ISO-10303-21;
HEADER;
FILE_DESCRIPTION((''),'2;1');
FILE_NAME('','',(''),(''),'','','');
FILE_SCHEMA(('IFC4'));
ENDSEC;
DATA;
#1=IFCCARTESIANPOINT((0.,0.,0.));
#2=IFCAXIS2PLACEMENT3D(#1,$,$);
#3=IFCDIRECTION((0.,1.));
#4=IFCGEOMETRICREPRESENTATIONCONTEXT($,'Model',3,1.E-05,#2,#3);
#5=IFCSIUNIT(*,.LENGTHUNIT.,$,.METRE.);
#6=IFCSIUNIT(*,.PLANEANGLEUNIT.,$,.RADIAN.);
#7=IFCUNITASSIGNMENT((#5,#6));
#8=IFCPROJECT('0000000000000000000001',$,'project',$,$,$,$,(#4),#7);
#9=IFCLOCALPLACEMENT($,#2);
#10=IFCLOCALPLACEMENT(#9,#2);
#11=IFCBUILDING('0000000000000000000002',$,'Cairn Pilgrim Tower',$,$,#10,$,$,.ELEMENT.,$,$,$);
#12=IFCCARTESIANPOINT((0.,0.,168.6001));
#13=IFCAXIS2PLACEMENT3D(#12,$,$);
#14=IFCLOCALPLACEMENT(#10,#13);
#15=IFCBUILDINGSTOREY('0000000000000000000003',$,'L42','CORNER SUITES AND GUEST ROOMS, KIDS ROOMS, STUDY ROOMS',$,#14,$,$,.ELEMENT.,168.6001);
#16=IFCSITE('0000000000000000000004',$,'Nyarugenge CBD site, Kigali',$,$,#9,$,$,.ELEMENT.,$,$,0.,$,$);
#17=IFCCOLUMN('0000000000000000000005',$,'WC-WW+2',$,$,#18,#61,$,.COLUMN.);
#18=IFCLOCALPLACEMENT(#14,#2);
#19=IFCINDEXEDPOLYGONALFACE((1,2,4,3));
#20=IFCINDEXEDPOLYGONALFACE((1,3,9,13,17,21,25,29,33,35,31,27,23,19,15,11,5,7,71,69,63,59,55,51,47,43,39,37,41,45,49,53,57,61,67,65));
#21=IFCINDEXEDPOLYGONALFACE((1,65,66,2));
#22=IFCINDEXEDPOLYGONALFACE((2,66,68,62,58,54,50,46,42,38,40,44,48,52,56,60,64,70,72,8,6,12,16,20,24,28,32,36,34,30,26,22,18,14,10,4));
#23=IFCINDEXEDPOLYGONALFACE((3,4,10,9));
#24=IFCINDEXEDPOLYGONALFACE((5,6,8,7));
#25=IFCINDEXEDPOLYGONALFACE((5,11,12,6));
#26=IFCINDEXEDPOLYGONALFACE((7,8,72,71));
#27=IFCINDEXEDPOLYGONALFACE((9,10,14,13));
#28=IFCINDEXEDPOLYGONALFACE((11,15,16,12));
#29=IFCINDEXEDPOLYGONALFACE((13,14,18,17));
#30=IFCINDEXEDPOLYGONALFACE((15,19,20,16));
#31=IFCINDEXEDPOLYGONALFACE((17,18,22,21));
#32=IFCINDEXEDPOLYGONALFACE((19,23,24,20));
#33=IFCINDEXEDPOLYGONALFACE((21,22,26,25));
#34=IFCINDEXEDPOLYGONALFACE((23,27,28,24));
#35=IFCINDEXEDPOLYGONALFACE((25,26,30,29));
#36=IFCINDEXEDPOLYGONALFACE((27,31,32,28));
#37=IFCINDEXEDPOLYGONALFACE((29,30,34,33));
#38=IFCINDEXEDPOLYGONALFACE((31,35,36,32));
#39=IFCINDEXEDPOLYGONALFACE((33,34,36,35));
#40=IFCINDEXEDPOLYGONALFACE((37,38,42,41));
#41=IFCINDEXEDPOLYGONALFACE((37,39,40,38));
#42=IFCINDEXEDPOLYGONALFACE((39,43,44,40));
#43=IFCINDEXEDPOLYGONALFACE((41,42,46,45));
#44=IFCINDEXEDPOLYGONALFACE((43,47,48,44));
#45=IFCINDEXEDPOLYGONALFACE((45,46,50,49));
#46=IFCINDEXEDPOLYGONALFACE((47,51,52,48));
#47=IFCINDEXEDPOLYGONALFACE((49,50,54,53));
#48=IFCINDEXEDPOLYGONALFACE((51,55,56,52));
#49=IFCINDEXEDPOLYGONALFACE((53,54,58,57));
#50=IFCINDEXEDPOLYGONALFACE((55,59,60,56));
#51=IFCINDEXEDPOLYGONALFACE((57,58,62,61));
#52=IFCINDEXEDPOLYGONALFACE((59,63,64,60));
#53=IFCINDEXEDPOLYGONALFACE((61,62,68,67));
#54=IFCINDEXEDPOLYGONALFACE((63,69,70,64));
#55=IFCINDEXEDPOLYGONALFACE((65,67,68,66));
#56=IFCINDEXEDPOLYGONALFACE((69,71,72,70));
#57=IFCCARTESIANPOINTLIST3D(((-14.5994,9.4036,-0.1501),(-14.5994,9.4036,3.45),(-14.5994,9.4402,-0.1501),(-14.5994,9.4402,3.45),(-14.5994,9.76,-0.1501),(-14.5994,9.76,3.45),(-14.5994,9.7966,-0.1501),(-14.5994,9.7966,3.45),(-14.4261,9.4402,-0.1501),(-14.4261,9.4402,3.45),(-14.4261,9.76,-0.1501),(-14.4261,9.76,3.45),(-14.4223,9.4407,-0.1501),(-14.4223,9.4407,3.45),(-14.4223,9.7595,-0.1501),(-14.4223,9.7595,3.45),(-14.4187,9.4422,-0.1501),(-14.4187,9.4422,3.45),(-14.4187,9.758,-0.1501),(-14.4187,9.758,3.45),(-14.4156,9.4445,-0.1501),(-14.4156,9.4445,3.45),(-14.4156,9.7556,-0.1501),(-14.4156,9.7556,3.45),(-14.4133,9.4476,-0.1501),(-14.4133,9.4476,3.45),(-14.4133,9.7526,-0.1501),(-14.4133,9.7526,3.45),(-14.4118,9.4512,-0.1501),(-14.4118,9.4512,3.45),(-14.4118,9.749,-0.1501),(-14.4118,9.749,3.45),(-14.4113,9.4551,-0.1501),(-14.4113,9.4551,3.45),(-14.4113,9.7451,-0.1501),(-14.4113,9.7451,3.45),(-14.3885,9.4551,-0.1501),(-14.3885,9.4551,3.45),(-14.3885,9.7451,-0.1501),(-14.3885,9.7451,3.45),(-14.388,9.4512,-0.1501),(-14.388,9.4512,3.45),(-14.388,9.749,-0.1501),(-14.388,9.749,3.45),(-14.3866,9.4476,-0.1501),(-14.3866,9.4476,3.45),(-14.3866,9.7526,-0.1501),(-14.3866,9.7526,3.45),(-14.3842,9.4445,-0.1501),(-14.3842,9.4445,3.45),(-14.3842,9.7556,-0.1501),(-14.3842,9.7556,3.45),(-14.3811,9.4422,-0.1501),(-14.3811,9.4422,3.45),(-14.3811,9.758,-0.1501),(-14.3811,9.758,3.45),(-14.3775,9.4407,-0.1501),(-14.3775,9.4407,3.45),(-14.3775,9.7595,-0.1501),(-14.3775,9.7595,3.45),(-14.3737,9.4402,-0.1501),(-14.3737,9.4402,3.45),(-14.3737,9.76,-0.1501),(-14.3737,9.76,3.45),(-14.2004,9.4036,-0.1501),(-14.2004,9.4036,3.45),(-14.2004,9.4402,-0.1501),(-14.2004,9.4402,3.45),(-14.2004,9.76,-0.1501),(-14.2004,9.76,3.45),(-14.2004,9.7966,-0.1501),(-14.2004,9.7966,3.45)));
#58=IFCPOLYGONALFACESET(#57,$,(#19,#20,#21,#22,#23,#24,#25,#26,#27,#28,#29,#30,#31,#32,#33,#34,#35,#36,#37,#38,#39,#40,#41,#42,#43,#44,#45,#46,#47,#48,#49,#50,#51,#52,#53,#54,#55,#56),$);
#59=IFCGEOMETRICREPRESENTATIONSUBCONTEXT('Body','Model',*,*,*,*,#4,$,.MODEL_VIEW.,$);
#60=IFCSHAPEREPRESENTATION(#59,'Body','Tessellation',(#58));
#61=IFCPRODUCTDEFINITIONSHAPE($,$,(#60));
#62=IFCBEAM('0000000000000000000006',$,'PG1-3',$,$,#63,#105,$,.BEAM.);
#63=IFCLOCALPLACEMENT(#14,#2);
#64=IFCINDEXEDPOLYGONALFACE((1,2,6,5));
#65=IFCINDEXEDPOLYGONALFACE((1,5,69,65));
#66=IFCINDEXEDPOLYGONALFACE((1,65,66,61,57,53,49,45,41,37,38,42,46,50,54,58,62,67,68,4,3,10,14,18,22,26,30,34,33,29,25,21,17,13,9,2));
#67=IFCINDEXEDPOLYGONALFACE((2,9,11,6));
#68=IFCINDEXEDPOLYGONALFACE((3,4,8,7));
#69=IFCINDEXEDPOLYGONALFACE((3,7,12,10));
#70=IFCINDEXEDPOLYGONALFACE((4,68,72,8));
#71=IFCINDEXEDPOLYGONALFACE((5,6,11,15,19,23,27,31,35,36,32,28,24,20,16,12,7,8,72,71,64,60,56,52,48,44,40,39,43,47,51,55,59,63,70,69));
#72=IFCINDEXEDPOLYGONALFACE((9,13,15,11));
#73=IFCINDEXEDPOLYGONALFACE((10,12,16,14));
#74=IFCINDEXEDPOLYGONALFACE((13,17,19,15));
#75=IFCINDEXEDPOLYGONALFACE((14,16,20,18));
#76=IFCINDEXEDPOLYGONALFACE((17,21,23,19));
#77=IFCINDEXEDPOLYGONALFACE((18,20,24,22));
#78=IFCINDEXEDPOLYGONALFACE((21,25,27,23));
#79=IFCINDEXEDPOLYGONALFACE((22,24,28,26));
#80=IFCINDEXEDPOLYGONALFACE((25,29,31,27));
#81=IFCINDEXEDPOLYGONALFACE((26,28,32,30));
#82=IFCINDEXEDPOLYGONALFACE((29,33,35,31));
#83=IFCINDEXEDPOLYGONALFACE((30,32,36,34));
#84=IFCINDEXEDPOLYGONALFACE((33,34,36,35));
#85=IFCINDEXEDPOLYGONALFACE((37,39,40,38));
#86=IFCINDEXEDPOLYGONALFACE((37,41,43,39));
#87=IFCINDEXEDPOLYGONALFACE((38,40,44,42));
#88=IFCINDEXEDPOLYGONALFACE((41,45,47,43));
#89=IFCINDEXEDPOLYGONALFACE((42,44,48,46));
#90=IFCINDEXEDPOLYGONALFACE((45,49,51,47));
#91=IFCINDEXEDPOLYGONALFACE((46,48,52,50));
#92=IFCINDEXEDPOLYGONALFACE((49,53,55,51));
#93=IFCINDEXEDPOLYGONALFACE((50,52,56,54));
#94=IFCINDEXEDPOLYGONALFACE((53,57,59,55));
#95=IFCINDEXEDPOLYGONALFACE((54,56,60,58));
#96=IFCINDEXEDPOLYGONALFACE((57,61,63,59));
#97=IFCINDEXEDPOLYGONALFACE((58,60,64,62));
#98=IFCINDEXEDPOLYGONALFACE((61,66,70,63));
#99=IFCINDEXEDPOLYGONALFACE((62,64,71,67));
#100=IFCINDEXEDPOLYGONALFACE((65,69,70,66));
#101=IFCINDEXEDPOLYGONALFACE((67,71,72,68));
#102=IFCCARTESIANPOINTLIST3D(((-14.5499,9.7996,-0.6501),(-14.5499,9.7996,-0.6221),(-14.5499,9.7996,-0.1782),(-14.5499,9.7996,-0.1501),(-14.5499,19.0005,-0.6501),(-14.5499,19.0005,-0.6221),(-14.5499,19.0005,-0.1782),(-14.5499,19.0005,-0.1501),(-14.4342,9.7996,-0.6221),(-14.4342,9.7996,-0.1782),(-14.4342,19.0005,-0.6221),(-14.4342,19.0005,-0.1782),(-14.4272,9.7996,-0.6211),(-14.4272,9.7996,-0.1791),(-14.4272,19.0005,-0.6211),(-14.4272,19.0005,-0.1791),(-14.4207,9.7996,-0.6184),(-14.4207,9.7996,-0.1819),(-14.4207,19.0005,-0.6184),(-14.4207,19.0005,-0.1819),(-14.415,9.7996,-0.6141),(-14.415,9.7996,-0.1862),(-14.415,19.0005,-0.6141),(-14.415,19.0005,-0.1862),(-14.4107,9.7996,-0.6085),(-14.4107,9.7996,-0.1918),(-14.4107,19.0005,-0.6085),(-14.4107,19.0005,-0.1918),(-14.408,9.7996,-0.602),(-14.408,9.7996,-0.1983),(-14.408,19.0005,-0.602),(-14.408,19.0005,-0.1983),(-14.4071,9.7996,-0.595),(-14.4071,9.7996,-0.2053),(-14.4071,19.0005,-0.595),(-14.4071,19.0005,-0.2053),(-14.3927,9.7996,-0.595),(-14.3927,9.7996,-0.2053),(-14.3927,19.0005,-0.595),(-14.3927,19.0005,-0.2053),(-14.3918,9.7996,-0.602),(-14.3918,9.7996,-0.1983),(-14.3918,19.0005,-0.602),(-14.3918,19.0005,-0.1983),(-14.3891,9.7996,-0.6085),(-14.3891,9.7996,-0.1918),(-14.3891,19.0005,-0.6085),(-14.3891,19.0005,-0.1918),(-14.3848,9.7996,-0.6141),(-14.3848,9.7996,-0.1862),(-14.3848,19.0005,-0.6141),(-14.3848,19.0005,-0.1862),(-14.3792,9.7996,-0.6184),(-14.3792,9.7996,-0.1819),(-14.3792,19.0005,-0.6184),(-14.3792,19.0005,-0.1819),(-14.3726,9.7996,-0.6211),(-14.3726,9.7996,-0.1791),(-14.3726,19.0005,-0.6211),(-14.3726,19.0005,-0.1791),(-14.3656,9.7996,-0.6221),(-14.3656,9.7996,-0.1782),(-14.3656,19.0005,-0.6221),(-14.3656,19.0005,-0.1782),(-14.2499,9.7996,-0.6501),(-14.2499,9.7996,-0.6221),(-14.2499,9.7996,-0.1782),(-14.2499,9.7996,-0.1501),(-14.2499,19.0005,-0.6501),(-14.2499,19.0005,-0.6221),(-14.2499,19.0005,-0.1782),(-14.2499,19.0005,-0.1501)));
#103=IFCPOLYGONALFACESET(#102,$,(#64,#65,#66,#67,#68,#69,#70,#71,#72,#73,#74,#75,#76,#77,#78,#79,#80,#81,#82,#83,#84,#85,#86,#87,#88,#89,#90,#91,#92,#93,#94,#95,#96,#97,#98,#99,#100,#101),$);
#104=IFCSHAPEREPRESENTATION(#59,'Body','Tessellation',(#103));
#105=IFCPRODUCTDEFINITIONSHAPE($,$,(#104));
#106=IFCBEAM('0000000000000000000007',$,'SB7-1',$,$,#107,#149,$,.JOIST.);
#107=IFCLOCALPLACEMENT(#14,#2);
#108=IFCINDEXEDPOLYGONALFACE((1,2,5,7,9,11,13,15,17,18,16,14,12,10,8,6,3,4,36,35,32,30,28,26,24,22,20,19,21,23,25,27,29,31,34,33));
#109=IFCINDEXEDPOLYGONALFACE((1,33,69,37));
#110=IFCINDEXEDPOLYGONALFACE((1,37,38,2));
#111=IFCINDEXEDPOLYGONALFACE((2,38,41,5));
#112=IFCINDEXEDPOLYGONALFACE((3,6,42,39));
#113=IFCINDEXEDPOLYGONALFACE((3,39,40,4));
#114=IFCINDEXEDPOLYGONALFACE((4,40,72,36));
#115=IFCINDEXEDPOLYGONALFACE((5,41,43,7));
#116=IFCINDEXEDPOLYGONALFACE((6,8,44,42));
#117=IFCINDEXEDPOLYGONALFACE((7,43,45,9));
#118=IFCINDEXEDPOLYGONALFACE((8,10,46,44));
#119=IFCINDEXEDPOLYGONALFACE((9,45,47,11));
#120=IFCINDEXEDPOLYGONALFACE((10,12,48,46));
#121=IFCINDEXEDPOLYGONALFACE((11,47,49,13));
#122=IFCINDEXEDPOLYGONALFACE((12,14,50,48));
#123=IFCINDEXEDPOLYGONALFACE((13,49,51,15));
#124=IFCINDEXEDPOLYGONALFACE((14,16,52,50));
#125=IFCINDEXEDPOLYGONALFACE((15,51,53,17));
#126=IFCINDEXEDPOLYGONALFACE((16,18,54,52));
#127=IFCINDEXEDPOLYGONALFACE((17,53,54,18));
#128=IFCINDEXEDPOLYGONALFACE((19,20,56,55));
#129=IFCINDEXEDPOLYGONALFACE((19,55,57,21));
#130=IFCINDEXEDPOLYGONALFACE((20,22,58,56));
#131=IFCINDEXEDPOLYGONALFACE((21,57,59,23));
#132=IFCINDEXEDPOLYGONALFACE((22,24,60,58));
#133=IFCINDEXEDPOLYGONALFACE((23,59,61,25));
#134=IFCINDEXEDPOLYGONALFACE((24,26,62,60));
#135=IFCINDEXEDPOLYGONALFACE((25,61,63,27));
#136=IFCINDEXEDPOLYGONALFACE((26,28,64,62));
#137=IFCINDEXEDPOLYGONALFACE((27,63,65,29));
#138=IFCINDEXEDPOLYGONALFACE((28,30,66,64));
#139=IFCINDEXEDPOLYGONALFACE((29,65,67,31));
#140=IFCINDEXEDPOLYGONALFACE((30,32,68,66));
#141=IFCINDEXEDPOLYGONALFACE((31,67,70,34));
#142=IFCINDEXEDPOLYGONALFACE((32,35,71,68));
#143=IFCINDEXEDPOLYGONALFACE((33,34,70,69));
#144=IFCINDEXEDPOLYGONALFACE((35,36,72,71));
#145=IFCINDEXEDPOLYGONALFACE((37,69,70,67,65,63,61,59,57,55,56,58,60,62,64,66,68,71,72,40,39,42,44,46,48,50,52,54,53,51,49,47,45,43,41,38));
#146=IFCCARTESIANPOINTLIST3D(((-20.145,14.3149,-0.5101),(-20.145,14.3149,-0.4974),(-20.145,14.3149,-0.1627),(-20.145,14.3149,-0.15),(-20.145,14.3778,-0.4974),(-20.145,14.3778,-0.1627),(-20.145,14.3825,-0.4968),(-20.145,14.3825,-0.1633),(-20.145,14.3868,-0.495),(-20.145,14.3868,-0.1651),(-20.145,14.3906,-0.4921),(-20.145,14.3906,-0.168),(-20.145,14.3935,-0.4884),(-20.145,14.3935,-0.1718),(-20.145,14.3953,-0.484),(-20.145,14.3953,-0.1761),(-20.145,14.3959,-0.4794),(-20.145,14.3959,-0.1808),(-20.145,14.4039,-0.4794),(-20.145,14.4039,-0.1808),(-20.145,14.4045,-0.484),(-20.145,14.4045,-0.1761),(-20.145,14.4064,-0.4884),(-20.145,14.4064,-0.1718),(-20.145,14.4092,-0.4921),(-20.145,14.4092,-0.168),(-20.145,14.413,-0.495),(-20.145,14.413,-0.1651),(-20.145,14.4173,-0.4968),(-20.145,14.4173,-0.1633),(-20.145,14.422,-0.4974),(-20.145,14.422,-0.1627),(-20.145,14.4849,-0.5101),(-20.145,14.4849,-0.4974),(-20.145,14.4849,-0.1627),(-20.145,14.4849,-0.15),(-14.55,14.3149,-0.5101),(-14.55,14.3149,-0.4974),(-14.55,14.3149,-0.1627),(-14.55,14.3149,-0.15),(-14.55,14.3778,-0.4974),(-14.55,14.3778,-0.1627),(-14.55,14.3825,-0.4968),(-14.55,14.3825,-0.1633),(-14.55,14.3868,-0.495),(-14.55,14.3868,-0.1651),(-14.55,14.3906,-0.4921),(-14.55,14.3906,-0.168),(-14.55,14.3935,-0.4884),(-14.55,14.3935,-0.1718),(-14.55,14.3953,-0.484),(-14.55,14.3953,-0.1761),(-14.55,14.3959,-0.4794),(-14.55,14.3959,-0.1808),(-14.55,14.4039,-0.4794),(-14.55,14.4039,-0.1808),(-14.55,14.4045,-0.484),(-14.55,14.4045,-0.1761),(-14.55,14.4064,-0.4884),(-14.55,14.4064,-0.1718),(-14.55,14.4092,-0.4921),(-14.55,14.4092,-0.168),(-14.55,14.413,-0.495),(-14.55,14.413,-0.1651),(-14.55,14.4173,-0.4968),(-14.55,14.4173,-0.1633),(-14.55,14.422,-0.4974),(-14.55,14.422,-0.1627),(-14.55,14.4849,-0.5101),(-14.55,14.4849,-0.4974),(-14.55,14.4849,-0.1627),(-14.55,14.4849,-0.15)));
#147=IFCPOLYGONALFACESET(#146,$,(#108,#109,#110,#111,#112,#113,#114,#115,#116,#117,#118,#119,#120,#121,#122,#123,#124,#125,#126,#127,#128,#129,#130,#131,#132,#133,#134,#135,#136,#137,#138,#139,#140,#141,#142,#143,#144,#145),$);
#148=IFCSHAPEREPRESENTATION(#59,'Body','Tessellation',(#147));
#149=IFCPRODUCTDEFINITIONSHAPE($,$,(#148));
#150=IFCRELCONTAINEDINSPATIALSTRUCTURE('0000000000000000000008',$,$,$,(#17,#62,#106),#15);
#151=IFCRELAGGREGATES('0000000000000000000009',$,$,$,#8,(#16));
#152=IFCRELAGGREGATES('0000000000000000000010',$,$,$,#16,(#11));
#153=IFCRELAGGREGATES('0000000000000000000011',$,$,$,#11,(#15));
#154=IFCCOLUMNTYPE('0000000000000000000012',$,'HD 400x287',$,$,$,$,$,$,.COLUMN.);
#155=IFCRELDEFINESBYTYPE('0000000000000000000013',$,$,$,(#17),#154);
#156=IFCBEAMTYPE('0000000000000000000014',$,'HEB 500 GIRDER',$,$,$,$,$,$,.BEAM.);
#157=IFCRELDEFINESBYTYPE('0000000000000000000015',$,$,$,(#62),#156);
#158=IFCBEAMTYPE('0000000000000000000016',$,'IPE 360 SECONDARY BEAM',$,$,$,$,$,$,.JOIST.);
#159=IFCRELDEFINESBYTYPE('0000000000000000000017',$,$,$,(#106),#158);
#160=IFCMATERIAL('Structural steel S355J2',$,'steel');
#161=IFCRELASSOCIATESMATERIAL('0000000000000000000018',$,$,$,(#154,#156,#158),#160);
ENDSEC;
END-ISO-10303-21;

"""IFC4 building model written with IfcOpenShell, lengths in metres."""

from ifc_helpers import new_model, si_unit, direction, frame, origin, origin_2d, place, context, subcontext, project, spatial, i_section, extrude, material, material_profile, profile_set, type_object, element, save


model = new_model("IFC4")

# Units and contexts
model_context = context("Model", 3, precision=1e-05, world=origin(), true_north=direction((0.0, 1.0)))
body_context = subcontext(model_context, "Body", "Model", "MODEL_VIEW")
ifc_project = project(units=[si_unit("LENGTHUNIT", "METRE"), si_unit("PLANEANGLEUNIT", "RADIAN")], contexts=[model_context])

# Site, building, storey
site_placement = place(None, origin())
site = spatial("IfcSite", under=ifc_project, at=site_placement, Name="Nyarugenge CBD site, Kigali", CompositionType="ELEMENT", RefElevation=0.0)
building_placement = place(site_placement, origin())
building = spatial("IfcBuilding", under=site, at=building_placement, Name="Cairn Pilgrim Tower", CompositionType="ELEMENT")
storey_placement = place(building_placement, frame((0.0, 0.0, 168.6001)))
storey = spatial("IfcBuildingStorey", under=building, at=storey_placement, Name="L42", Description="CORNER SUITES AND GUEST ROOMS, KIDS ROOMS, STUDY ROOMS", CompositionType="ELEMENT", Elevation=168.6001)

# Column
ifc_material_1 = material(Name="Structural steel S355J2", Category="steel")
ifc_material_profile_1 = material_profile(ifc_material_1, i_section(OverallWidth=0.3989, OverallDepth=0.3931, WebThickness=0.0227, FlangeThickness=0.0366, FilletRadius=0.0149, at=origin_2d()), Name="HD 400x287")
ifc_profile_set_1 = profile_set([ifc_material_profile_1], Name="Structural steel S355J2")
column_type = type_object("IfcColumnType", Name="HD 400x287", PredefinedType="COLUMN", material=ifc_profile_set_1)
column_placement = place(storey_placement, frame((-14.3999, 9.6001, -0.1501), z_axis=(0.0, 0.0, 1.0), x_axis=(1.0, 0.0, 0.0)))
element("IfcColumn", 1, at=column_placement, inside=storey, type_object=column_type, Name="WC-WW+2", PredefinedType="COLUMN", context=body_context, shape_type="SweptSolid", body=[
    extrude(i_section(OverallWidth=0.3989, OverallDepth=0.3931, WebThickness=0.0227, FlangeThickness=0.0366, FilletRadius=0.0149, at=origin_2d()), origin(), (0.0, 0.0, 1.0), 3.6001),
])

# Beams
ifc_material_profile_2 = material_profile(ifc_material_1, i_section(OverallWidth=0.3, OverallDepth=0.5, WebThickness=0.0144, FlangeThickness=0.0281, FilletRadius=0.0271, at=origin_2d()), Name="HEB 500")
ifc_profile_set_2 = profile_set([ifc_material_profile_2], Name="Structural steel S355J2")
beam_type_1 = type_object("IfcBeamType", Name="HEB 500 GIRDER", PredefinedType="BEAM", material=ifc_profile_set_2)
beam_1_placement = place(storey_placement, frame((-14.3999, 9.7996, -0.4001), z_axis=(0.0, 1.0, 0.0), x_axis=(-1.0, 0.0, 0.0)))
element("IfcBeam", 2, at=beam_1_placement, inside=storey, type_object=beam_type_1, Name="PG1-3", PredefinedType="BEAM", context=body_context, shape_type="SweptSolid", body=[
    extrude(i_section(OverallWidth=0.3, OverallDepth=0.5, WebThickness=0.0144, FlangeThickness=0.0281, FilletRadius=0.0271, at=origin_2d()), origin(), (0.0, 0.0, 1.0), 9.2009),
])
ifc_material_profile_3 = material_profile(ifc_material_1, i_section(OverallWidth=0.1699, OverallDepth=0.3601, WebThickness=0.0081, FlangeThickness=0.0127, FilletRadius=0.0181, at=origin_2d()), Name="IPE 360")
ifc_profile_set_3 = profile_set([ifc_material_profile_3], Name="Structural steel S355J2")
beam_type_2 = type_object("IfcBeamType", Name="IPE 360 SECONDARY BEAM", PredefinedType="JOIST", material=ifc_profile_set_3)
beam_2_placement = place(storey_placement, frame((-20.145, 14.3999, -0.3301), z_axis=(1.0, 0.0, 0.0), x_axis=(0.0, 1.0, 0.0)))
element("IfcBeam", 3, at=beam_2_placement, inside=storey, type_object=beam_type_2, Name="SB7-1", PredefinedType="JOIST", context=body_context, shape_type="SweptSolid", body=[
    extrude(i_section(OverallWidth=0.1699, OverallDepth=0.3601, WebThickness=0.0081, FlangeThickness=0.0127, FilletRadius=0.0181, at=origin_2d()), origin(), (0.0, 0.0, 1.0), 5.595),
])

save(model, "model.ifc")
